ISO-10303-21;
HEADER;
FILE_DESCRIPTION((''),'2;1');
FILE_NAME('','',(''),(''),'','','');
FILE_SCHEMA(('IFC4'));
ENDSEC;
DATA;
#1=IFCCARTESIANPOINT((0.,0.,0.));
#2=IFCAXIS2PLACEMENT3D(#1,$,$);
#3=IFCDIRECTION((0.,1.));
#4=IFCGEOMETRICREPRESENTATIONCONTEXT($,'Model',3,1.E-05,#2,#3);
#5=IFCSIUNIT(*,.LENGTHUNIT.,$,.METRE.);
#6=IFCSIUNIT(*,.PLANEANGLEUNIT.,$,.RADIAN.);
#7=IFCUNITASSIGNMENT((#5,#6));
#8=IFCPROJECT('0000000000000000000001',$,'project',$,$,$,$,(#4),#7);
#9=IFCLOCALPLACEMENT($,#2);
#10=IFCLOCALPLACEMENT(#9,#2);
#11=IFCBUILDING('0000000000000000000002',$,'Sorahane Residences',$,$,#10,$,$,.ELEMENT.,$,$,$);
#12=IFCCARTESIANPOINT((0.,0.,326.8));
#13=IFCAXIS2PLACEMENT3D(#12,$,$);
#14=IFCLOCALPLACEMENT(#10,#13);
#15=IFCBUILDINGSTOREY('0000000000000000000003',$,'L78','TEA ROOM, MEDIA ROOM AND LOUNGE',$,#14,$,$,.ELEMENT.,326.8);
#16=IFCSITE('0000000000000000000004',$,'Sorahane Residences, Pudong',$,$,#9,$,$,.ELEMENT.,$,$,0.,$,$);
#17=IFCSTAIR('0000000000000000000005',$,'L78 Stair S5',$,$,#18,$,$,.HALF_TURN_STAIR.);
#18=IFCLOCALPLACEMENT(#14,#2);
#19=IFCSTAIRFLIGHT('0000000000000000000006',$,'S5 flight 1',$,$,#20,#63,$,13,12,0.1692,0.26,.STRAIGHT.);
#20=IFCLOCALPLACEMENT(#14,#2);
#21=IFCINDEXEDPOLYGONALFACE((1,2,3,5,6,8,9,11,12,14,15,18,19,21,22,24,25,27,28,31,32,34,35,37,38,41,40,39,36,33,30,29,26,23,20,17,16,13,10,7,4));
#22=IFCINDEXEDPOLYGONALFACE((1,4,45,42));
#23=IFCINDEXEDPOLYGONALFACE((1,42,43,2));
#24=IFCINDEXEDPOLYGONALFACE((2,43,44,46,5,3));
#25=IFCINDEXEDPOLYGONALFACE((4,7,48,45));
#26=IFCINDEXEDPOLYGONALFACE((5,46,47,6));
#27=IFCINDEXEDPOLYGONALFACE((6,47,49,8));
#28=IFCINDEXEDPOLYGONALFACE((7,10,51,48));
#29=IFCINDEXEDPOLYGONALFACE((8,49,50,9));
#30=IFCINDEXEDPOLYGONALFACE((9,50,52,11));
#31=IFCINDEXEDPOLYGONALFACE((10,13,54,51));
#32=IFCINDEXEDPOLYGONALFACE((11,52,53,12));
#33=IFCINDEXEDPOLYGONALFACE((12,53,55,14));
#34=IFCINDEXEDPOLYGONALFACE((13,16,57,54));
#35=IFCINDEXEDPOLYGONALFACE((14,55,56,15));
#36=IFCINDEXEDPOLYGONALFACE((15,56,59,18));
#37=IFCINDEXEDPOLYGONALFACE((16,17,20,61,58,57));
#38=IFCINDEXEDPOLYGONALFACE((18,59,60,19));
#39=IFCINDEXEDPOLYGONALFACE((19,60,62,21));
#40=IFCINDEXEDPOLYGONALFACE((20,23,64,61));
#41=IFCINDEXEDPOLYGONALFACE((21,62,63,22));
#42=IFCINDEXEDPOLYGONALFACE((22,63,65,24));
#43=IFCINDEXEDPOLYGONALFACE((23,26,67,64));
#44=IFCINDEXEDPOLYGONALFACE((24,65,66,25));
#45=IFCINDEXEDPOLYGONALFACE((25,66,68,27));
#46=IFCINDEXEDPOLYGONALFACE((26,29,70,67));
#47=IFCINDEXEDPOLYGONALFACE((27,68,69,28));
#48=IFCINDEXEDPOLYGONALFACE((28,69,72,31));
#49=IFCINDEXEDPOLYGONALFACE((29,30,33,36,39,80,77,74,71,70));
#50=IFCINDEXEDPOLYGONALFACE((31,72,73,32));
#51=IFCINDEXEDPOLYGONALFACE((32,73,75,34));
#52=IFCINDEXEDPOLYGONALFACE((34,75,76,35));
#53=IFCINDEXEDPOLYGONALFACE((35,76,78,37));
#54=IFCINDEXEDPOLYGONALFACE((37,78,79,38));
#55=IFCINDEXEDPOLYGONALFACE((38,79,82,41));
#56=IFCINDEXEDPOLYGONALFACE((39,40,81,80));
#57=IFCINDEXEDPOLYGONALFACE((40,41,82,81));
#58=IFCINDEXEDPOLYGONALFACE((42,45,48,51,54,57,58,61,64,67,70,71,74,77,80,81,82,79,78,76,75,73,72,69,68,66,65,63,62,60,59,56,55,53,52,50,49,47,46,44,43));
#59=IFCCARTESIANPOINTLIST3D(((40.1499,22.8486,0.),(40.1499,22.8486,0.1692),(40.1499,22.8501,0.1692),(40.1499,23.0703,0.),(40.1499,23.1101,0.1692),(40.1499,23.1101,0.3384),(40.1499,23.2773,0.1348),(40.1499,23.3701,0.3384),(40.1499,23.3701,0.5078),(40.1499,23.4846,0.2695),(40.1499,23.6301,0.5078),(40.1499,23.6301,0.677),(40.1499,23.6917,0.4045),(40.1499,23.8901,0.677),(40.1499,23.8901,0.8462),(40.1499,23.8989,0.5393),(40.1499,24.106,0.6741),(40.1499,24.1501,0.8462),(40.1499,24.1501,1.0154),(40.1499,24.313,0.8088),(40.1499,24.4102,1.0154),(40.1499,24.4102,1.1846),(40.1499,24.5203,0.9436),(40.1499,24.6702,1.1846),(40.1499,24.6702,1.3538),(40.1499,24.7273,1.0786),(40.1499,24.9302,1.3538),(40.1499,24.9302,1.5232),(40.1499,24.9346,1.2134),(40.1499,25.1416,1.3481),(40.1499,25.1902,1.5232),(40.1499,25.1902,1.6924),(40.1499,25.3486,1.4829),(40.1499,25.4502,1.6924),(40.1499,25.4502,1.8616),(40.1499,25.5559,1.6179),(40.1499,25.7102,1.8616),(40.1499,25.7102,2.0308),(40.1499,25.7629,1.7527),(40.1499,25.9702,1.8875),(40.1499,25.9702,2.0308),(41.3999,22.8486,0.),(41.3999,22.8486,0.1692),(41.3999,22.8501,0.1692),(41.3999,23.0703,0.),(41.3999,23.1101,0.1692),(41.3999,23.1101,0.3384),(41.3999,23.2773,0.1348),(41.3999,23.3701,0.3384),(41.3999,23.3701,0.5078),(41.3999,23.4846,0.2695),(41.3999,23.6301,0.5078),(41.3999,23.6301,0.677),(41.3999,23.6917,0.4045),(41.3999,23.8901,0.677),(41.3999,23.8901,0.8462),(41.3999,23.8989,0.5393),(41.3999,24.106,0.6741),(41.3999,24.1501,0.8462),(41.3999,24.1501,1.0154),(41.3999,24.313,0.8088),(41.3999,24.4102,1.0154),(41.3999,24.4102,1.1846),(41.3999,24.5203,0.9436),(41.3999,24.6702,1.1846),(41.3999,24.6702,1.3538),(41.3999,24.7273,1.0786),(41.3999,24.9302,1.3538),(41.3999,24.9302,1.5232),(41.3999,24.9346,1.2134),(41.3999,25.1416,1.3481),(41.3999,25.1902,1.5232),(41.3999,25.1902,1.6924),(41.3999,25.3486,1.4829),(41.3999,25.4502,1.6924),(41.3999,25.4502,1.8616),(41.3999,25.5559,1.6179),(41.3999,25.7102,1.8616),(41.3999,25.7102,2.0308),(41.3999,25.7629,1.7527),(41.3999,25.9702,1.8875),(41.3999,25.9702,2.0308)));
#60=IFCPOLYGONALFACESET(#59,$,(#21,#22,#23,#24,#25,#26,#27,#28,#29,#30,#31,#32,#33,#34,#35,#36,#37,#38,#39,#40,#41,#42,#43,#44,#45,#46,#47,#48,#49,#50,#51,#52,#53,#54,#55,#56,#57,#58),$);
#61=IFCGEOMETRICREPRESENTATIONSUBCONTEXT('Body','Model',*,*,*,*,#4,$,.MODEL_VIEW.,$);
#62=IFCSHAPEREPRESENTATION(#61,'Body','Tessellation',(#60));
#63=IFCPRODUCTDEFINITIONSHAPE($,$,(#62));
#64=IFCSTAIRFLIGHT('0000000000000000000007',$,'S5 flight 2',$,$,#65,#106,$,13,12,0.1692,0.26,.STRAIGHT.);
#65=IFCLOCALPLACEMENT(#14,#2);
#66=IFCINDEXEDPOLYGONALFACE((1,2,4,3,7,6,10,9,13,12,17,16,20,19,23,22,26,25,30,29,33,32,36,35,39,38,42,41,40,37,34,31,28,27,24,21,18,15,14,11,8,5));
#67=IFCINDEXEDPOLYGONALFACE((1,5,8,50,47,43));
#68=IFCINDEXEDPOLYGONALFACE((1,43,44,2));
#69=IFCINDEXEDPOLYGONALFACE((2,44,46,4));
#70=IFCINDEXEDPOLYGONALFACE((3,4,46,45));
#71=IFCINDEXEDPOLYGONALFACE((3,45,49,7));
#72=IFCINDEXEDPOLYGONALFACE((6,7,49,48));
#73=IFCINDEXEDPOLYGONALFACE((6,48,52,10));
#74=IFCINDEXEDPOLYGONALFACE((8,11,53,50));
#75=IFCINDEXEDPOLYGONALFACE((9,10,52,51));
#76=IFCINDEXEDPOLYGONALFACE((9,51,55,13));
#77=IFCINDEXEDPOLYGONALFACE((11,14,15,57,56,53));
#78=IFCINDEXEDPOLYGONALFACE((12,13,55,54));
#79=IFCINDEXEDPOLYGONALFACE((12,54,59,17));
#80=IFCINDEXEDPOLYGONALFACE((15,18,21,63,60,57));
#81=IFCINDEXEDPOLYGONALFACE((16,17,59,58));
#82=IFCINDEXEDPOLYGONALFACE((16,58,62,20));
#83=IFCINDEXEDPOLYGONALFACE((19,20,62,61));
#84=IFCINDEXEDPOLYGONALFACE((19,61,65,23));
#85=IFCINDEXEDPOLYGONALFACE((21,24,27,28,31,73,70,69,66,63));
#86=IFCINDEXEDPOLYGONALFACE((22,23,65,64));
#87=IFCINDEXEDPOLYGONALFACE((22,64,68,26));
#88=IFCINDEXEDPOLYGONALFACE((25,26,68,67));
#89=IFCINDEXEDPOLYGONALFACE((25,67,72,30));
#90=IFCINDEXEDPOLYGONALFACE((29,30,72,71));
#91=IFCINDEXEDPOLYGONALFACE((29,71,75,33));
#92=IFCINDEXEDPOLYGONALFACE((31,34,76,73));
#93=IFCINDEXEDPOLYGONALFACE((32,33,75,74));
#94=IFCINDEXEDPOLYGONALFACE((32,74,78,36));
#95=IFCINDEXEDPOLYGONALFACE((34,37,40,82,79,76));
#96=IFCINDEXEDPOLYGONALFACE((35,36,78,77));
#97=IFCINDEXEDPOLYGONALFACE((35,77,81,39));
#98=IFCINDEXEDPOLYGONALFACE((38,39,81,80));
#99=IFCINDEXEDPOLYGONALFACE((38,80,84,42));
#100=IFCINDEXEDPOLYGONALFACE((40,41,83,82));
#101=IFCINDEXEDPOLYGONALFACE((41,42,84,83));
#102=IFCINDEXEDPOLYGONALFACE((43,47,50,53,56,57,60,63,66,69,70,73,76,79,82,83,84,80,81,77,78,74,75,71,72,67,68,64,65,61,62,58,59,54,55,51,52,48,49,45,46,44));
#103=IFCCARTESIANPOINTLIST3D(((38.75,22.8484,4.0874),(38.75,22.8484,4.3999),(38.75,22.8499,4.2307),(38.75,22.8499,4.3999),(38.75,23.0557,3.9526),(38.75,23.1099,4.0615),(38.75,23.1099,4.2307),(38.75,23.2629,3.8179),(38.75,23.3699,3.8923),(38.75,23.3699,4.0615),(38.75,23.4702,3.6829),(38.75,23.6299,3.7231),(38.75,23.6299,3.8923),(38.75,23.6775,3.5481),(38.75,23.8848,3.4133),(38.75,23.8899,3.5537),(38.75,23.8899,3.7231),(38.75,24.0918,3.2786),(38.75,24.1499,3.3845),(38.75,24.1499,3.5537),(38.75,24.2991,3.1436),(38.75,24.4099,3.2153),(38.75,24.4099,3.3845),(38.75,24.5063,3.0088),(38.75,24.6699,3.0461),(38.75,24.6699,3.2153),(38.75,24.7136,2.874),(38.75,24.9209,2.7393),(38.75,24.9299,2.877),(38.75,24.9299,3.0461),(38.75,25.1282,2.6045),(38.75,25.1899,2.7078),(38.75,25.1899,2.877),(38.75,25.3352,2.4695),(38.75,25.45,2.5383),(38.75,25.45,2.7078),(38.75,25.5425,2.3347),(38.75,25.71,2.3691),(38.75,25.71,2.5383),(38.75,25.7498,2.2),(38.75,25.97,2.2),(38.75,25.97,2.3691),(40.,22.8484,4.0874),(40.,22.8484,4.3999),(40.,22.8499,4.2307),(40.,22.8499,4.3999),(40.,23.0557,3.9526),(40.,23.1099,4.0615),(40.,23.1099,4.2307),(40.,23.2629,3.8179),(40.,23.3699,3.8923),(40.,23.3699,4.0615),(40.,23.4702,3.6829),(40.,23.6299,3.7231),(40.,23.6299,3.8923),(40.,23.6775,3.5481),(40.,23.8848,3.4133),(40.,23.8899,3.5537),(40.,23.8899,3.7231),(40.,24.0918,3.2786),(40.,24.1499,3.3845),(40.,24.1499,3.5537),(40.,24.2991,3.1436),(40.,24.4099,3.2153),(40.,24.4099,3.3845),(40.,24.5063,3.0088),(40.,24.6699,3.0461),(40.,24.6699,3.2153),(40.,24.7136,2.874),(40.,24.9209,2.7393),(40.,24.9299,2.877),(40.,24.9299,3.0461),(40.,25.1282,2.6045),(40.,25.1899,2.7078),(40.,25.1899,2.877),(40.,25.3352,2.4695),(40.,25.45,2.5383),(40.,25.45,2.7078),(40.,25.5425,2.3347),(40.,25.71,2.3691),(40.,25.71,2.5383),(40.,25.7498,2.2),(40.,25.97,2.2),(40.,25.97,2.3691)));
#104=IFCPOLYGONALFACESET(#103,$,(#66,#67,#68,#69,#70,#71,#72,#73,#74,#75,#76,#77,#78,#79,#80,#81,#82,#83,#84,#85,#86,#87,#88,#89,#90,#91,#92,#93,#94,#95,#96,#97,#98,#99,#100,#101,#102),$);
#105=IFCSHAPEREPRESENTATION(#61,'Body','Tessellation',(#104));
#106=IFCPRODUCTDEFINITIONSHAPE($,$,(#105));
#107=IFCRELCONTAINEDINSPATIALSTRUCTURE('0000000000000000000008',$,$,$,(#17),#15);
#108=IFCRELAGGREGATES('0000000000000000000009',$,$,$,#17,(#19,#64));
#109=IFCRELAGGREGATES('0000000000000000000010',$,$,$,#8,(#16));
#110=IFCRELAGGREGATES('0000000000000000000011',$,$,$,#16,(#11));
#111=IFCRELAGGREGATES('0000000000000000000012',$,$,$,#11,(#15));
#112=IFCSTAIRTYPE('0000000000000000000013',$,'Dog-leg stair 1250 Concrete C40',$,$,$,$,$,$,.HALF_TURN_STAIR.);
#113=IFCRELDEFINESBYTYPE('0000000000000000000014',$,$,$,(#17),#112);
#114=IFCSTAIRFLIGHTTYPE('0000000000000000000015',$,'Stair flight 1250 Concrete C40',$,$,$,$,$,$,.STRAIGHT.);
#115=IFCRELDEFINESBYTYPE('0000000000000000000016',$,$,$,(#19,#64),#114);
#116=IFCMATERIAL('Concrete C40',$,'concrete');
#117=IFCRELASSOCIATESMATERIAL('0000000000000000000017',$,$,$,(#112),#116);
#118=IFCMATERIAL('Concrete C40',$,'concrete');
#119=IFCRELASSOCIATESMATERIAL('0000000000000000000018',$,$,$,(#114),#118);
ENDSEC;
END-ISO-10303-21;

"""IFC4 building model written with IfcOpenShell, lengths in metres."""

from ifc_helpers import new_model, si_unit, direction, frame, origin, place, context, subcontext, project, spatial, polyline, outline, extrude, material, type_object, element, aggregate, save


model = new_model("IFC4")

# Units and contexts
model_context = context("Model", 3, precision=1e-05, world=origin(), true_north=direction((0.0, 1.0)))
body_context = subcontext(model_context, "Body", "Model", "MODEL_VIEW")
ifc_project = project(units=[si_unit("LENGTHUNIT", "METRE"), si_unit("PLANEANGLEUNIT", "RADIAN")], contexts=[model_context])

# Site, building, storey
site_placement = place(None, origin())
site = spatial("IfcSite", under=ifc_project, at=site_placement, Name="Sorahane Residences, Pudong", CompositionType="ELEMENT", RefElevation=0.0)
building_placement = place(site_placement, origin())
building = spatial("IfcBuilding", under=site, at=building_placement, Name="Sorahane Residences", CompositionType="ELEMENT")
storey_placement = place(building_placement, frame((0.0, 0.0, 326.8)))
storey = spatial("IfcBuildingStorey", under=building, at=storey_placement, Name="L78", Description="TEA ROOM, MEDIA ROOM AND LOUNGE", CompositionType="ELEMENT", Elevation=326.8)

# Stair, stair flights
ifc_material_1 = material(Name="Concrete C40", Category="concrete")
stair_type = type_object("IfcStairType", Name="Dog-leg stair 1250 Concrete C40", PredefinedType="HALF_TURN_STAIR", material=ifc_material_1)
stair_placement = place(storey_placement, origin())
stair = element("IfcStair", 1, at=stair_placement, inside=storey, type_object=stair_type, Name="L78 Stair S5", PredefinedType="HALF_TURN_STAIR")
ifc_material_2 = material(Name="Concrete C40", Category="concrete")
stair_flight_type = type_object("IfcStairFlightType", Name="Stair flight 1250 Concrete C40", PredefinedType="STRAIGHT", material=ifc_material_2)
stair_flight_1_placement = place(storey_placement, frame((40.7749, 22.8501, 0.0), z_axis=(0.0, 0.0, 1.0), x_axis=(0.0, 1.0, 0.0)))
stair_flight_1 = element("IfcStairFlight", 2, at=stair_flight_1_placement, type_object=stair_flight_type, Name="S5 flight 1", NumberOfRisers=13, NumberOfTreads=12, PredefinedType="STRAIGHT", RiserHeight=0.1692, TreadLength=0.26, context=body_context, shape_type="SweptSolid", body=[
    extrude(outline(polyline([(-0.0015, 0.0), (-0.0015, 0.1692), (0.0, 0.1692), (0.26, 0.1692), (0.26, 0.3384), (0.52, 0.3384), (0.52, 0.5078), (0.78, 0.5078), (0.78, 0.677), (1.04, 0.677), (1.04, 0.8462), (1.3, 0.8462), (1.3, 1.0154), (1.5601, 1.0154), (1.5601, 1.1846), (1.8201, 1.1846), (1.8201, 1.3538), (2.0801, 1.3538), (2.0801, 1.5232), (2.3401, 1.5232), (2.3401, 1.6924), (2.6001, 1.6924), (2.6001, 1.8616), (2.8601, 1.8616), (2.8601, 2.0308), (3.1201, 2.0308), (3.1201, 2.2), (3.1201, 1.8875), (2.9128, 1.7527), (2.7058, 1.6179), (2.4985, 1.4829), (2.2915, 1.3481), (2.0845, 1.2134), (1.8772, 1.0786), (1.6702, 0.9436), (1.4629, 0.8088), (1.2559, 0.6741), (1.0488, 0.5393), (0.8416, 0.4045), (0.6345, 0.2695), (0.4272, 0.1348), (0.2202, 0.0), (-0.0015, 0.0)])), frame((0.0, 0.625, 0.0), z_axis=(0.0, -1.0, 0.0), x_axis=(1.0, 0.0, 0.0)), (0.0, 0.0, 1.0), 1.25),
])
stair_flight_2_placement = place(storey_placement, frame((39.375, 25.97, 2.2), z_axis=(0.0, 0.0, 1.0), x_axis=(0.0, -1.0, 0.0)))
stair_flight_2 = element("IfcStairFlight", 3, at=stair_flight_2_placement, type_object=stair_flight_type, Name="S5 flight 2", NumberOfRisers=13, NumberOfTreads=12, PredefinedType="STRAIGHT", RiserHeight=0.1692, TreadLength=0.26, context=body_context, shape_type="SweptSolid", body=[
    extrude(outline(polyline([(0.0, 0.0), (0.0, 0.1692), (0.26, 0.1692), (0.26, 0.3384), (0.52, 0.3384), (0.52, 0.5078), (0.78, 0.5078), (0.78, 0.677), (1.04, 0.677), (1.04, 0.8462), (1.3, 0.8462), (1.3, 1.0154), (1.5601, 1.0154), (1.5601, 1.1846), (1.8201, 1.1846), (1.8201, 1.3538), (2.0801, 1.3538), (2.0801, 1.5232), (2.3401, 1.5232), (2.3401, 1.6924), (2.6001, 1.6924), (2.6001, 1.8616), (2.8601, 1.8616), (2.8601, 2.0308), (3.1201, 2.0308), (3.1201, 2.2), (3.1216, 2.2), (3.1216, 1.8875), (2.9143, 1.7527), (2.707, 1.6179), (2.4998, 1.4829), (2.2925, 1.3481), (2.0852, 1.2134), (1.8782, 1.0786), (1.6709, 0.9436), (1.4636, 0.8088), (1.2563, 0.6741), (1.0491, 0.5393), (0.8418, 0.4045), (0.6348, 0.2695), (0.4275, 0.1348), (0.2202, 0.0), (0.0, 0.0)])), frame((0.0, 0.625, 0.0), z_axis=(0.0, -1.0, 0.0), x_axis=(1.0, 0.0, 0.0)), (0.0, 0.0, 1.0), 1.25),
])
aggregate(stair, [stair_flight_1, stair_flight_2])

save(model, "model.ifc")
